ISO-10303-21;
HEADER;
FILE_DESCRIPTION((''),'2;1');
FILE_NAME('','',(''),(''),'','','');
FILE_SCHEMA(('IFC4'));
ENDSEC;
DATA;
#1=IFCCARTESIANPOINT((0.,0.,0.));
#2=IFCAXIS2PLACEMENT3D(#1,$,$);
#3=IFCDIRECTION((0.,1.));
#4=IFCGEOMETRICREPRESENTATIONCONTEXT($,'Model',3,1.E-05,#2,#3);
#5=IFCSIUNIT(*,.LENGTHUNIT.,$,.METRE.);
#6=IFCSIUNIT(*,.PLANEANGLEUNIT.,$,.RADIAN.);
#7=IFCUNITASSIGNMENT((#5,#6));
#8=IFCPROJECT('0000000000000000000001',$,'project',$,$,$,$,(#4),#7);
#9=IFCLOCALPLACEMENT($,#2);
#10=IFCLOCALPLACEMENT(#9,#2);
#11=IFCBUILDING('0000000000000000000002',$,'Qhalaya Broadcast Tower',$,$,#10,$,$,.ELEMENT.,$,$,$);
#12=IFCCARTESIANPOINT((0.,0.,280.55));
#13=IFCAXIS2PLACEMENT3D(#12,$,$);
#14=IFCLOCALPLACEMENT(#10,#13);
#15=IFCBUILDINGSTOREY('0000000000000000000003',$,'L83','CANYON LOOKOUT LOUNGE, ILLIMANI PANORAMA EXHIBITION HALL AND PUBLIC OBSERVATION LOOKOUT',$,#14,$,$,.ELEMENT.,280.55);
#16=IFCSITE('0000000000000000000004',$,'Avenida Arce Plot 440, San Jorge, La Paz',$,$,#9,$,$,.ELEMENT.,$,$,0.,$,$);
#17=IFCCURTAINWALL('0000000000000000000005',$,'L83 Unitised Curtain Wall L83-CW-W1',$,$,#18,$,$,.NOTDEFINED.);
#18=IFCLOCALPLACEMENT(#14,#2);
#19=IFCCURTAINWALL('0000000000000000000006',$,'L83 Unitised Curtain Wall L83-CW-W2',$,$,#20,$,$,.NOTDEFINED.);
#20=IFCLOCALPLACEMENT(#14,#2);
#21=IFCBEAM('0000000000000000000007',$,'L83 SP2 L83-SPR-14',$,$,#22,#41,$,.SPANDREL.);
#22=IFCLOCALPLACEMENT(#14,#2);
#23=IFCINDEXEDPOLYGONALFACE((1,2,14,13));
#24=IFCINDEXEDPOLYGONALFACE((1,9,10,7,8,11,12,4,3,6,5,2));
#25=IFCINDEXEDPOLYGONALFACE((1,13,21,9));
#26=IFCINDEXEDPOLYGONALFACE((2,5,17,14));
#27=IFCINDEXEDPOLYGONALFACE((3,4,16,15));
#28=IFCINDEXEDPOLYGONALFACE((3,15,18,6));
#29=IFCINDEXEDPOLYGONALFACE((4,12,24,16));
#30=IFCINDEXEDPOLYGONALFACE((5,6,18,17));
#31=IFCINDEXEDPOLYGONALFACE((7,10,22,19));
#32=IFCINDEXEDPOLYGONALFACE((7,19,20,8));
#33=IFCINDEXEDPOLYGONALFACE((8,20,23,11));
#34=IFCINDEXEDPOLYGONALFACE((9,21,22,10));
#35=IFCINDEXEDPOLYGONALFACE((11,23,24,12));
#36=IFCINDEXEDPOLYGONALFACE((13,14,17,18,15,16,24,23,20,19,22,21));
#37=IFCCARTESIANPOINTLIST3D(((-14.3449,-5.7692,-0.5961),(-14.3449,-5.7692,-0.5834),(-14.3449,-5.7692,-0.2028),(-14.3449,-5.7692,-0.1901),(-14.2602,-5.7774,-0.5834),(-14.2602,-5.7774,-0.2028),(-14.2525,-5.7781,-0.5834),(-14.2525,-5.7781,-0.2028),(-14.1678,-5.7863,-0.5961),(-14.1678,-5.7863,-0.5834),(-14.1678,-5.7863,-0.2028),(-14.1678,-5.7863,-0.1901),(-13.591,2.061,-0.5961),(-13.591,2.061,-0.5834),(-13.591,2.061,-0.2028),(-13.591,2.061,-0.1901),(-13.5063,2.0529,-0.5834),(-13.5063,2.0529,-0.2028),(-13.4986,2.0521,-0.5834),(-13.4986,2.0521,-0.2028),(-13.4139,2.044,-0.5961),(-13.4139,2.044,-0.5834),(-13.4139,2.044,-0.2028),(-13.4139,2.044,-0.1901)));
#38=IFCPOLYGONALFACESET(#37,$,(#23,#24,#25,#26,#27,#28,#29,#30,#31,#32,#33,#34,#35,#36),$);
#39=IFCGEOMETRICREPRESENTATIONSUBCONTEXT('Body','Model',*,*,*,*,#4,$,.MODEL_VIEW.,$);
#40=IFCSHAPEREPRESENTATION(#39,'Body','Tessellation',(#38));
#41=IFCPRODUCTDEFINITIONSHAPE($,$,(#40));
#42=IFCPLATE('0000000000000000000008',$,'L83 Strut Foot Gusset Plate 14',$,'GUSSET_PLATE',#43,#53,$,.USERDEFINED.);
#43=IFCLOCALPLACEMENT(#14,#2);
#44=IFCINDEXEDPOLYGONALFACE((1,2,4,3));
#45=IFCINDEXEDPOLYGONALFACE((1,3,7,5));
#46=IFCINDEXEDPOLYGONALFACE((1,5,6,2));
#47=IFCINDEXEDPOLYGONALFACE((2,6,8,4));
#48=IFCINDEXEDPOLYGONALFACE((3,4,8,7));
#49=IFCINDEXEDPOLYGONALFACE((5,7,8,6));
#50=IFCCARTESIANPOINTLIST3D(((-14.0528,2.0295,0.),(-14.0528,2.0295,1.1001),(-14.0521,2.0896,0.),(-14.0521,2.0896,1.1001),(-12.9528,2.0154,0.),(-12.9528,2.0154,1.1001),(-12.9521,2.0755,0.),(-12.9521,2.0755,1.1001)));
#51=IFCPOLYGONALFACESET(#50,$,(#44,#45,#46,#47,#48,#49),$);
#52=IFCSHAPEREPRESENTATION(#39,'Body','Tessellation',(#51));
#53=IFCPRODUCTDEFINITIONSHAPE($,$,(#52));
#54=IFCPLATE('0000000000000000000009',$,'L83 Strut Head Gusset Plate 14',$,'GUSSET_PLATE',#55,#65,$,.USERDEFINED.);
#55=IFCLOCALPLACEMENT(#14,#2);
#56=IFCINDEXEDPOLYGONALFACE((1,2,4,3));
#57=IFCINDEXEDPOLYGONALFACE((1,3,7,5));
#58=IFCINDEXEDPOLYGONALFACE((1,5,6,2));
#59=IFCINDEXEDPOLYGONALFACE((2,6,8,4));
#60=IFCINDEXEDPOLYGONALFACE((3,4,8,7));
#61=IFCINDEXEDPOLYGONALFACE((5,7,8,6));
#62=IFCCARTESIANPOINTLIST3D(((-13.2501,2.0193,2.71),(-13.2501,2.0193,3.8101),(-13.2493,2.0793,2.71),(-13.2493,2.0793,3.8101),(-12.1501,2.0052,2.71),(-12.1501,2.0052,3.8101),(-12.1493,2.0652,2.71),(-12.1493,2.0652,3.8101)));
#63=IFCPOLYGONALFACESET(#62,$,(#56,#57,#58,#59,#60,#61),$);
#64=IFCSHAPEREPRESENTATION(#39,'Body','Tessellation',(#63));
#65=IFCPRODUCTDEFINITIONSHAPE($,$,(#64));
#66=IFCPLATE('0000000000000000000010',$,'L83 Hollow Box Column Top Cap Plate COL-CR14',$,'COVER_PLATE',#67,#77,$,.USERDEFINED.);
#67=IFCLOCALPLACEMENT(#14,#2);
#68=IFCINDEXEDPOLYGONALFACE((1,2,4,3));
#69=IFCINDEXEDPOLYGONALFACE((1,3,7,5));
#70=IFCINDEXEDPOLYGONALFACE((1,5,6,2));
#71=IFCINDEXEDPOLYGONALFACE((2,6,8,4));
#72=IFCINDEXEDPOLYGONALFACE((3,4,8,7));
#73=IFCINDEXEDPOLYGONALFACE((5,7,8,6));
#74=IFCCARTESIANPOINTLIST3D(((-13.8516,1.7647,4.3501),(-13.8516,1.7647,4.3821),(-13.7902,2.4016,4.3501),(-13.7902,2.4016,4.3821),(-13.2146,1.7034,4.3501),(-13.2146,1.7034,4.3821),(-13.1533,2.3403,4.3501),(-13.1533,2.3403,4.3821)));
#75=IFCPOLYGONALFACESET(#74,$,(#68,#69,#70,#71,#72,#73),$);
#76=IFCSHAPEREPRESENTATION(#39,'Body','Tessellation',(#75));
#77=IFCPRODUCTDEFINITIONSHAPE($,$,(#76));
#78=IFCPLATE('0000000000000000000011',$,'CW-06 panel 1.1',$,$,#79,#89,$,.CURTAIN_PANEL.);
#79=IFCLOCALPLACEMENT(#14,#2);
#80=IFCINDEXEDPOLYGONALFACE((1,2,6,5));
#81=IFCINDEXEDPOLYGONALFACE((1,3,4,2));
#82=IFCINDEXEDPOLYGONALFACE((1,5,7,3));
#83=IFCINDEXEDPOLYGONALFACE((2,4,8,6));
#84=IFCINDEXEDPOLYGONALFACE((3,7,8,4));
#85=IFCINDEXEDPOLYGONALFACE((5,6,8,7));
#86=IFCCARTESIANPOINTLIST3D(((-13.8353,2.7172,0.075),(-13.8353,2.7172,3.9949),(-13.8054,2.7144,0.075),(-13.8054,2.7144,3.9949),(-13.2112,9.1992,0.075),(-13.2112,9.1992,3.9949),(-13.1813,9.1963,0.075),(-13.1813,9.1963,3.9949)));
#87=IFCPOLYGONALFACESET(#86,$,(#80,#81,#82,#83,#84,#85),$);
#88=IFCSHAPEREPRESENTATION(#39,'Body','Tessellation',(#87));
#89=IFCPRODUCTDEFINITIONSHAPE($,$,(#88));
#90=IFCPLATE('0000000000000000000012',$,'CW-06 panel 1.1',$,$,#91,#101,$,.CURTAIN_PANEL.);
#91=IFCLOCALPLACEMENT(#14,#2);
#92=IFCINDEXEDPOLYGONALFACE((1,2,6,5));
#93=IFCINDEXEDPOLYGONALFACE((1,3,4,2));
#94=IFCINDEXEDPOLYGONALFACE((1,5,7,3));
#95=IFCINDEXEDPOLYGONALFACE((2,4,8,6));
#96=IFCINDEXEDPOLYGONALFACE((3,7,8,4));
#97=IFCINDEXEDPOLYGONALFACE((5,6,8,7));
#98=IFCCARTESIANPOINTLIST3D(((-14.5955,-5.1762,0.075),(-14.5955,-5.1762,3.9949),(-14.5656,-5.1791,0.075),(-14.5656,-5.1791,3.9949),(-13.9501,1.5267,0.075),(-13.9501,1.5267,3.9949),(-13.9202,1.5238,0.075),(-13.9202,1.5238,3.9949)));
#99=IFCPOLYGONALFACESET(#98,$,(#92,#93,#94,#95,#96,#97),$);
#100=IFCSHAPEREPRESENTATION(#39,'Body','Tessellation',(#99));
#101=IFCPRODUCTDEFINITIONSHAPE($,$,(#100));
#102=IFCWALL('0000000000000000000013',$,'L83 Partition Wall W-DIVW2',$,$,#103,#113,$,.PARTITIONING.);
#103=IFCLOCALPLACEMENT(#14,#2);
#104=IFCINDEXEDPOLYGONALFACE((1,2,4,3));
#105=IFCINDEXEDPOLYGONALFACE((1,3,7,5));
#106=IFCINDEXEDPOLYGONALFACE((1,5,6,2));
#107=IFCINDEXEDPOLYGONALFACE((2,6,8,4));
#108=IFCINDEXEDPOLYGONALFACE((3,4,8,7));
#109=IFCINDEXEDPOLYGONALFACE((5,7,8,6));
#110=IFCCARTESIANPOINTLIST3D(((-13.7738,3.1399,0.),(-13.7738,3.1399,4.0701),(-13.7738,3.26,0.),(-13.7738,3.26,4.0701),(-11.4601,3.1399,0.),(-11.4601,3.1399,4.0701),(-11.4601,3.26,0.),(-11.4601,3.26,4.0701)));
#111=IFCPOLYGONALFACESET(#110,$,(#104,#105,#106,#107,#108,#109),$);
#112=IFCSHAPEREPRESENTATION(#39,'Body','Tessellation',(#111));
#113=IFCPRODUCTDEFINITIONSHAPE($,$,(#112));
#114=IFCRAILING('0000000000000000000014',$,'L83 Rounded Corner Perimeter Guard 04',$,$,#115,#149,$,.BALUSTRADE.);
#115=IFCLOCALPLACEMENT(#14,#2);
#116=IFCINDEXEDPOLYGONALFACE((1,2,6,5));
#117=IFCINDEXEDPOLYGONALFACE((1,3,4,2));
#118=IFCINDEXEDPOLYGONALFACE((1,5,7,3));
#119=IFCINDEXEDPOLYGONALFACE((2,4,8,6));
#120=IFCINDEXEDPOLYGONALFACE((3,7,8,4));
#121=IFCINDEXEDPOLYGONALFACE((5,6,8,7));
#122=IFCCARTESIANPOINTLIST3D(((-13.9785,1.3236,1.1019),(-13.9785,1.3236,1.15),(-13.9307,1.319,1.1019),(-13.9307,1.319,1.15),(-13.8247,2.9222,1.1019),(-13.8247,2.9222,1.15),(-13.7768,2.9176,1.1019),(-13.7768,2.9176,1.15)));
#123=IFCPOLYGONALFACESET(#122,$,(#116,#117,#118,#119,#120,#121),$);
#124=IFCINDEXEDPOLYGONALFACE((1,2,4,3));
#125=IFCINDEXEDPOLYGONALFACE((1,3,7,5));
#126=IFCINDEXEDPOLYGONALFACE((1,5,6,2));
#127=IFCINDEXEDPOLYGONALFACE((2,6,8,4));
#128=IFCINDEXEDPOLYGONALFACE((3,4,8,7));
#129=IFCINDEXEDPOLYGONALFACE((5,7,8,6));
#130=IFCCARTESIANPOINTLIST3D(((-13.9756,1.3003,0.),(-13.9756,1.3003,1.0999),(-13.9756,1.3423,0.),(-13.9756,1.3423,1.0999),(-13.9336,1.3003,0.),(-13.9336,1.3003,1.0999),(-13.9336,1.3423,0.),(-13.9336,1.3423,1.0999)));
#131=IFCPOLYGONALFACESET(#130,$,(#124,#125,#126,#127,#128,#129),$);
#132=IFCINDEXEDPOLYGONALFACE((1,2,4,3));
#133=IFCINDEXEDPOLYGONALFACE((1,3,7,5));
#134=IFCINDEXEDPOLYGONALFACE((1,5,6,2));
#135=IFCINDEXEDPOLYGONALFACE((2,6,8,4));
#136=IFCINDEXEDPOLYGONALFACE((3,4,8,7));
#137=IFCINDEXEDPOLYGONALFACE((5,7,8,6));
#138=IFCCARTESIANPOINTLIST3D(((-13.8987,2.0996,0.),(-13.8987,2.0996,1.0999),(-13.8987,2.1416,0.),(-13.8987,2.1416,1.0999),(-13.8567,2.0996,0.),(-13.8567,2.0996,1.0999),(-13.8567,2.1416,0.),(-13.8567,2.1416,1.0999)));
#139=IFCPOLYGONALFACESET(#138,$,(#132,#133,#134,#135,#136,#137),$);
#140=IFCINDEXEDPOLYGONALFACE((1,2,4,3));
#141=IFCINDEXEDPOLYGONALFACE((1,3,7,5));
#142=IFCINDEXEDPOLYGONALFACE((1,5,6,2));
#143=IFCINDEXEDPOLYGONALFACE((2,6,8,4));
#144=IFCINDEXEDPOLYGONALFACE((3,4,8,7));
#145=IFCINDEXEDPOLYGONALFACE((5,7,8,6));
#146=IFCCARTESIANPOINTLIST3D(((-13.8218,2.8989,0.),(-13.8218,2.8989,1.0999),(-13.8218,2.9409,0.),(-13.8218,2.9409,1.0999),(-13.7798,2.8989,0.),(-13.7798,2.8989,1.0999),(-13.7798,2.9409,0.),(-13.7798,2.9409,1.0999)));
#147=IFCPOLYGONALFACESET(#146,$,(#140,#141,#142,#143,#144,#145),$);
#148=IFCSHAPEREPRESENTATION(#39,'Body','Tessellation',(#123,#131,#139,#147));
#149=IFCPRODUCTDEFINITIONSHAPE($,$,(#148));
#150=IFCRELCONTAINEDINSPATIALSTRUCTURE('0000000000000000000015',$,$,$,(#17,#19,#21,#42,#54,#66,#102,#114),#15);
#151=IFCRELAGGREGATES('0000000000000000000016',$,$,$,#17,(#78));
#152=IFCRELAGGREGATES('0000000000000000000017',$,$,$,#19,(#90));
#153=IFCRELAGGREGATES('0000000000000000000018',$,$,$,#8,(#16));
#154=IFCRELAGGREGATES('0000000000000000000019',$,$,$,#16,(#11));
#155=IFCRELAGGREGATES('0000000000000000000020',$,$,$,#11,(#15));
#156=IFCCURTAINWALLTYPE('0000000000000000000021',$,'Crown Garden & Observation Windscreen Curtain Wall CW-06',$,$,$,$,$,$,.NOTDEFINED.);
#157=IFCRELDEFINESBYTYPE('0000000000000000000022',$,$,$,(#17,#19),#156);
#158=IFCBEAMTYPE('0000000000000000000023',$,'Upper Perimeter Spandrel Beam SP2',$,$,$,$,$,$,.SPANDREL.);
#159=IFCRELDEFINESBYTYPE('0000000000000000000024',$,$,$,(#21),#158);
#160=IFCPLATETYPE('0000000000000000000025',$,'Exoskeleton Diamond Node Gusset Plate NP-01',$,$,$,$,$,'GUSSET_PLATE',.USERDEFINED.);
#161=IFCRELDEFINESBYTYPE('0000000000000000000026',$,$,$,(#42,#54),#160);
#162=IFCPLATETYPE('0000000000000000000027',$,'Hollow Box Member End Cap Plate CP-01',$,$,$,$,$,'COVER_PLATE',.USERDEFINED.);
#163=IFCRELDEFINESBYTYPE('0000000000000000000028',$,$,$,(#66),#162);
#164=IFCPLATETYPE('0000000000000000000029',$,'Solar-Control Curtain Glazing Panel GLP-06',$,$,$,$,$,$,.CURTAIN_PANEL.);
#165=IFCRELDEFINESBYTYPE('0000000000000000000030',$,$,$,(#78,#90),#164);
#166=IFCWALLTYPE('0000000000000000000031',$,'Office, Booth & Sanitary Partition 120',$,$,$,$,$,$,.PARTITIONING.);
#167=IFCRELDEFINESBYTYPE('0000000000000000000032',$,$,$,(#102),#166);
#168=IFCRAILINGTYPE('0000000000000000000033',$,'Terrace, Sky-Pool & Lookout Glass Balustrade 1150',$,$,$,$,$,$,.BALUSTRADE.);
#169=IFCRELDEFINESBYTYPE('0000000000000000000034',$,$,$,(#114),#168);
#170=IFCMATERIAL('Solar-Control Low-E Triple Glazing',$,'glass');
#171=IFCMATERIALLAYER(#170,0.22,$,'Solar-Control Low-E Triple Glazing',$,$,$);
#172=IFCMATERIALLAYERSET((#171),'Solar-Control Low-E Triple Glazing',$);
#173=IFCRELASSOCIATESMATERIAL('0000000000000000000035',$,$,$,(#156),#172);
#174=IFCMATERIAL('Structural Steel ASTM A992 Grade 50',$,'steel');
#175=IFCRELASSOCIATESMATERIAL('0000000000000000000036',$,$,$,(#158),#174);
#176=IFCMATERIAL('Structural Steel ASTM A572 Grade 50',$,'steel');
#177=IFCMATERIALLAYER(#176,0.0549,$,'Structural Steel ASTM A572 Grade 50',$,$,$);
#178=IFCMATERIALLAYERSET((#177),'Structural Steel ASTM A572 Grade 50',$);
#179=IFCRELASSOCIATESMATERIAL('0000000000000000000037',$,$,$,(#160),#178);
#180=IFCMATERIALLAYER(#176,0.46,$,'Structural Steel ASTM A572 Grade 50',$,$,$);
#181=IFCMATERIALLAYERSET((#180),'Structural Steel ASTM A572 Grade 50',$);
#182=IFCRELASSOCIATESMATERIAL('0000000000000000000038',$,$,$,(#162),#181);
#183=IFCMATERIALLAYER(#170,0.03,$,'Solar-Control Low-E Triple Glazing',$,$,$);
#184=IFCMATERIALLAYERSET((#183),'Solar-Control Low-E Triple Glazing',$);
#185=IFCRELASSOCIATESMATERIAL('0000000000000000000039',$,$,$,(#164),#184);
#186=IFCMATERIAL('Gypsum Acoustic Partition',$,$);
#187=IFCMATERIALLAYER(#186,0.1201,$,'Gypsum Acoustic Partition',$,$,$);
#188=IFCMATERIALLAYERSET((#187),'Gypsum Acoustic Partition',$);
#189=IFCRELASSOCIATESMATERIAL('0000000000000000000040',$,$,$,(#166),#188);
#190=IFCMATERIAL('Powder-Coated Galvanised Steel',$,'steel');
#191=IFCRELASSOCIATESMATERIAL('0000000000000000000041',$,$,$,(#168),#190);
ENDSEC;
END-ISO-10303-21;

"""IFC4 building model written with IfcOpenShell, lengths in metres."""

from ifc_helpers import new_model, si_unit, direction, frame, frame_2d, origin, origin_2d, place, context, subcontext, project, spatial, rectangle, i_section, extrude, material, layer, layer_set, material_profile, profile_set, type_object, element, aggregate, save


model = new_model("IFC4")

# Units and contexts
model_context = context("Model", 3, precision=1e-05, world=origin(), true_north=direction((0.0, 1.0)))
body_context = subcontext(model_context, "Body", "Model", "MODEL_VIEW")
ifc_project = project(units=[si_unit("LENGTHUNIT", "METRE"), si_unit("PLANEANGLEUNIT", "RADIAN")], contexts=[model_context])

# Site, building, storey
site_placement = place(None, origin())
site = spatial("IfcSite", under=ifc_project, at=site_placement, Name="Avenida Arce Plot 440, San Jorge, La Paz", CompositionType="ELEMENT", RefElevation=0.0)
building_placement = place(site_placement, origin())
building = spatial("IfcBuilding", under=site, at=building_placement, Name="Qhalaya Broadcast Tower", CompositionType="ELEMENT")
storey_placement = place(building_placement, frame((0.0, 0.0, 280.55)))
storey = spatial("IfcBuildingStorey", under=building, at=storey_placement, Name="L83", Description="CANYON LOOKOUT LOUNGE, ILLIMANI PANORAMA EXHIBITION HALL AND PUBLIC OBSERVATION LOOKOUT", CompositionType="ELEMENT", Elevation=280.55)

# Shared definitions
ifc_material_1 = material(Name="Structural Steel ASTM A572 Grade 50", Category="steel")

# Shared definitions
ifc_material_2 = material(Name="Structural Steel ASTM A992 Grade 50", Category="steel")

# Curtain wall
ifc_material_3 = material(Name="Solar-Control Low-E Triple Glazing", Category="glass")
ifc_layer_1 = layer(ifc_material_3, 0.22, Name="Solar-Control Low-E Triple Glazing")
ifc_layer_set_1 = layer_set([ifc_layer_1], Name="Solar-Control Low-E Triple Glazing")
curtain_wall_type = type_object("IfcCurtainWallType", Name="Crown Garden & Observation Windscreen Curtain Wall CW-06", PredefinedType="NOTDEFINED", material=ifc_layer_set_1)
curtain_wall_1_placement = place(storey_placement, origin())
curtain_wall_1 = element("IfcCurtainWall", 1, at=curtain_wall_1_placement, inside=storey, type_object=curtain_wall_type, Name="L83 Unitised Curtain Wall L83-CW-W1", PredefinedType="NOTDEFINED")

# Curtain wall
curtain_wall_2_placement = place(storey_placement, origin())
curtain_wall_2 = element("IfcCurtainWall", 2, at=curtain_wall_2_placement, inside=storey, type_object=curtain_wall_type, Name="L83 Unitised Curtain Wall L83-CW-W2", PredefinedType="NOTDEFINED")

# Beam
ifc_material_profile_1 = material_profile(ifc_material_2, i_section(OverallWidth=0.178, OverallDepth=0.406, WebThickness=0.0078, FlangeThickness=0.0127, at=origin_2d()), Name="W16X40")
ifc_profile_set_1 = profile_set([ifc_material_profile_1], Name="Structural Steel ASTM A992 Grade 50")
beam_type_1 = type_object("IfcBeamType", Name="Upper Perimeter Spandrel Beam SP2", PredefinedType="SPANDREL", material=ifc_profile_set_1)
beam_1_placement = place(storey_placement, frame((-13.5024, 2.0525, -0.3931), z_axis=(-0.095837, -0.995397, 0.0), x_axis=(0.995397, -0.095837, 0.0)))
element("IfcBeam", 3, at=beam_1_placement, inside=storey, type_object=beam_type_1, Name="L83 SP2 L83-SPR-14", PredefinedType="SPANDREL", context=body_context, shape_type="SweptSolid", body=[
    extrude(i_section(OverallWidth=0.178, OverallDepth=0.406, WebThickness=0.0078, FlangeThickness=0.0127, at=origin_2d()), origin(), (0.0, 0.0, 1.0), 7.8665),
])

# Plates
ifc_layer_2 = layer(ifc_material_1, 0.0549, Name="Structural Steel ASTM A572 Grade 50")
ifc_layer_set_2 = layer_set([ifc_layer_2], Name="Structural Steel ASTM A572 Grade 50")
plate_type_1 = type_object("IfcPlateType", Name="Exoskeleton Diamond Node Gusset Plate NP-01", ElementType="GUSSET_PLATE", PredefinedType="USERDEFINED", material=ifc_layer_set_2)
for number, where, z_axis, x_axis, name in (
    (4, (-13.5024, 2.0525, 0.0), (0.0, 0.0, 1.0), (0.999918, -0.012828, 0.0), "L83 Strut Foot Gusset Plate 14"),
    (5, (-12.6997, 2.0422, 2.71), (0.0, 0.0, 1.0), (0.999918, -0.012828, 0.0), "L83 Strut Head Gusset Plate 14"),
):
    element("IfcPlate", number, at=place(storey_placement, frame(where, z_axis=z_axis, x_axis=x_axis)), inside=storey, type_object=plate_type_1, Name=name, ObjectType="GUSSET_PLATE", PredefinedType="USERDEFINED", context=body_context, shape_type="SweptSolid", body=[
        extrude(rectangle(XDim=1.1001, YDim=0.0601, at=origin_2d()), origin(), (0.0, 0.0, 1.0), 1.1001),
    ])
ifc_layer_3 = layer(ifc_material_1, 0.46, Name="Structural Steel ASTM A572 Grade 50")
ifc_layer_set_3 = layer_set([ifc_layer_3], Name="Structural Steel ASTM A572 Grade 50")
plate_type_2 = type_object("IfcPlateType", Name="Hollow Box Member End Cap Plate CP-01", ElementType="COVER_PLATE", PredefinedType="USERDEFINED", material=ifc_layer_set_3)
plate_1_placement = place(storey_placement, frame((-13.5024, 2.0525, 4.3501), z_axis=(0.0, 0.0, 1.0), x_axis=(0.095846, 0.995396, 0.0)))
element("IfcPlate", 6, at=plate_1_placement, inside=storey, type_object=plate_type_2, Name="L83 Hollow Box Column Top Cap Plate COL-CR14", ObjectType="COVER_PLATE", PredefinedType="USERDEFINED", context=body_context, shape_type="SweptSolid", body=[
    extrude(rectangle(XDim=0.6399, YDim=0.6399, at=origin_2d()), origin(), (0.0, 0.0, 1.0), 0.032),
])

# Plates
ifc_layer_4 = layer(ifc_material_3, 0.03, Name="Solar-Control Low-E Triple Glazing")
ifc_layer_set_4 = layer_set([ifc_layer_4], Name="Solar-Control Low-E Triple Glazing")
plate_type_3 = type_object("IfcPlateType", Name="Solar-Control Curtain Glazing Panel GLP-06", PredefinedType="CURTAIN_PANEL", material=ifc_layer_set_4)
plate_2_placement = place(storey_placement, frame((-13.5083, 5.9568, 0.075), z_axis=(0.0, 0.0, 1.0), x_axis=(-0.095843, -0.995397, 0.0)))
plate_2 = element("IfcPlate", 7, at=plate_2_placement, type_object=plate_type_3, Name="CW-06 panel 1.1", PredefinedType="CURTAIN_PANEL", context=body_context, shape_type="SweptSolid", body=[
    extrude(rectangle(XDim=6.512, YDim=0.03, at=origin_2d()), origin(), (0.0, 0.0, 1.0), 3.9199),
])
aggregate(curtain_wall_1, [plate_2])
plate_3_placement = place(storey_placement, frame((-14.2578, -1.8262, 0.075), z_axis=(0.0, 0.0, 1.0), x_axis=(-0.095846, -0.995396, 0.0)))
plate_3 = element("IfcPlate", 8, at=plate_3_placement, type_object=plate_type_3, Name="CW-06 panel 1.1", PredefinedType="CURTAIN_PANEL", context=body_context, shape_type="SweptSolid", body=[
    extrude(rectangle(XDim=6.7339, YDim=0.03, at=origin_2d()), origin(), (0.0, 0.0, 1.0), 3.9199),
])
aggregate(curtain_wall_2, [plate_3])

# Wall
ifc_material_4 = material(Name="Gypsum Acoustic Partition")
ifc_layer_5 = layer(ifc_material_4, 0.1201, Name="Gypsum Acoustic Partition")
ifc_layer_set_5 = layer_set([ifc_layer_5], Name="Gypsum Acoustic Partition")
wall_type = type_object("IfcWallType", Name="Office, Booth & Sanitary Partition 120", PredefinedType="PARTITIONING", material=ifc_layer_set_5)
wall_placement = place(storey_placement, frame((-13.7737, 3.2, 0.0), z_axis=(0.0, 0.0, 1.0), x_axis=(1.0, 0.0, 0.0)))
element("IfcWall", 9, at=wall_placement, inside=storey, type_object=wall_type, Name="L83 Partition Wall W-DIVW2", PredefinedType="PARTITIONING", context=body_context, shape_type="SweptSolid", body=[
    extrude(rectangle(XDim=2.3137, YDim=0.1201, at=frame_2d((1.1567, 0.0))), origin(), (0.0, 0.0, 1.0), 4.0701),
])

# Railing
ifc_material_5 = material(Name="Powder-Coated Galvanised Steel", Category="steel")
railing_type = type_object("IfcRailingType", Name="Terrace, Sky-Pool & Lookout Glass Balustrade 1150", PredefinedType="BALUSTRADE", material=ifc_material_5)
railing_1_placement = place(storey_placement, frame((-13.9546, 1.3213, 0.0)))
element("IfcRailing", 10, at=railing_1_placement, inside=storey, type_object=railing_type, Name="L83 Rounded Corner Perimeter Guard 04", PredefinedType="BALUSTRADE", context=body_context, shape_type="SweptSolid", body=[
    extrude(rectangle(XDim=0.0481, YDim=0.0481, at=origin_2d()), frame((0.0, 0.0, 1.126), z_axis=(0.09577, 0.995403, 0.0), x_axis=(-0.995403, 0.09577, 0.0)), (0.0, 0.0, 1.0), 1.606),
    extrude(rectangle(XDim=0.042, YDim=0.042, at=origin_2d()), origin(), (0.0, 0.0, 1.0), 1.0999),
    extrude(rectangle(XDim=0.042, YDim=0.042, at=origin_2d()), frame((0.0769, 0.7993, 0.0)), (0.0, 0.0, 1.0), 1.0999),
    extrude(rectangle(XDim=0.042, YDim=0.042, at=origin_2d()), frame((0.1538, 1.5986, 0.0)), (0.0, 0.0, 1.0), 1.0999),
])

save(model, "model.ifc")
